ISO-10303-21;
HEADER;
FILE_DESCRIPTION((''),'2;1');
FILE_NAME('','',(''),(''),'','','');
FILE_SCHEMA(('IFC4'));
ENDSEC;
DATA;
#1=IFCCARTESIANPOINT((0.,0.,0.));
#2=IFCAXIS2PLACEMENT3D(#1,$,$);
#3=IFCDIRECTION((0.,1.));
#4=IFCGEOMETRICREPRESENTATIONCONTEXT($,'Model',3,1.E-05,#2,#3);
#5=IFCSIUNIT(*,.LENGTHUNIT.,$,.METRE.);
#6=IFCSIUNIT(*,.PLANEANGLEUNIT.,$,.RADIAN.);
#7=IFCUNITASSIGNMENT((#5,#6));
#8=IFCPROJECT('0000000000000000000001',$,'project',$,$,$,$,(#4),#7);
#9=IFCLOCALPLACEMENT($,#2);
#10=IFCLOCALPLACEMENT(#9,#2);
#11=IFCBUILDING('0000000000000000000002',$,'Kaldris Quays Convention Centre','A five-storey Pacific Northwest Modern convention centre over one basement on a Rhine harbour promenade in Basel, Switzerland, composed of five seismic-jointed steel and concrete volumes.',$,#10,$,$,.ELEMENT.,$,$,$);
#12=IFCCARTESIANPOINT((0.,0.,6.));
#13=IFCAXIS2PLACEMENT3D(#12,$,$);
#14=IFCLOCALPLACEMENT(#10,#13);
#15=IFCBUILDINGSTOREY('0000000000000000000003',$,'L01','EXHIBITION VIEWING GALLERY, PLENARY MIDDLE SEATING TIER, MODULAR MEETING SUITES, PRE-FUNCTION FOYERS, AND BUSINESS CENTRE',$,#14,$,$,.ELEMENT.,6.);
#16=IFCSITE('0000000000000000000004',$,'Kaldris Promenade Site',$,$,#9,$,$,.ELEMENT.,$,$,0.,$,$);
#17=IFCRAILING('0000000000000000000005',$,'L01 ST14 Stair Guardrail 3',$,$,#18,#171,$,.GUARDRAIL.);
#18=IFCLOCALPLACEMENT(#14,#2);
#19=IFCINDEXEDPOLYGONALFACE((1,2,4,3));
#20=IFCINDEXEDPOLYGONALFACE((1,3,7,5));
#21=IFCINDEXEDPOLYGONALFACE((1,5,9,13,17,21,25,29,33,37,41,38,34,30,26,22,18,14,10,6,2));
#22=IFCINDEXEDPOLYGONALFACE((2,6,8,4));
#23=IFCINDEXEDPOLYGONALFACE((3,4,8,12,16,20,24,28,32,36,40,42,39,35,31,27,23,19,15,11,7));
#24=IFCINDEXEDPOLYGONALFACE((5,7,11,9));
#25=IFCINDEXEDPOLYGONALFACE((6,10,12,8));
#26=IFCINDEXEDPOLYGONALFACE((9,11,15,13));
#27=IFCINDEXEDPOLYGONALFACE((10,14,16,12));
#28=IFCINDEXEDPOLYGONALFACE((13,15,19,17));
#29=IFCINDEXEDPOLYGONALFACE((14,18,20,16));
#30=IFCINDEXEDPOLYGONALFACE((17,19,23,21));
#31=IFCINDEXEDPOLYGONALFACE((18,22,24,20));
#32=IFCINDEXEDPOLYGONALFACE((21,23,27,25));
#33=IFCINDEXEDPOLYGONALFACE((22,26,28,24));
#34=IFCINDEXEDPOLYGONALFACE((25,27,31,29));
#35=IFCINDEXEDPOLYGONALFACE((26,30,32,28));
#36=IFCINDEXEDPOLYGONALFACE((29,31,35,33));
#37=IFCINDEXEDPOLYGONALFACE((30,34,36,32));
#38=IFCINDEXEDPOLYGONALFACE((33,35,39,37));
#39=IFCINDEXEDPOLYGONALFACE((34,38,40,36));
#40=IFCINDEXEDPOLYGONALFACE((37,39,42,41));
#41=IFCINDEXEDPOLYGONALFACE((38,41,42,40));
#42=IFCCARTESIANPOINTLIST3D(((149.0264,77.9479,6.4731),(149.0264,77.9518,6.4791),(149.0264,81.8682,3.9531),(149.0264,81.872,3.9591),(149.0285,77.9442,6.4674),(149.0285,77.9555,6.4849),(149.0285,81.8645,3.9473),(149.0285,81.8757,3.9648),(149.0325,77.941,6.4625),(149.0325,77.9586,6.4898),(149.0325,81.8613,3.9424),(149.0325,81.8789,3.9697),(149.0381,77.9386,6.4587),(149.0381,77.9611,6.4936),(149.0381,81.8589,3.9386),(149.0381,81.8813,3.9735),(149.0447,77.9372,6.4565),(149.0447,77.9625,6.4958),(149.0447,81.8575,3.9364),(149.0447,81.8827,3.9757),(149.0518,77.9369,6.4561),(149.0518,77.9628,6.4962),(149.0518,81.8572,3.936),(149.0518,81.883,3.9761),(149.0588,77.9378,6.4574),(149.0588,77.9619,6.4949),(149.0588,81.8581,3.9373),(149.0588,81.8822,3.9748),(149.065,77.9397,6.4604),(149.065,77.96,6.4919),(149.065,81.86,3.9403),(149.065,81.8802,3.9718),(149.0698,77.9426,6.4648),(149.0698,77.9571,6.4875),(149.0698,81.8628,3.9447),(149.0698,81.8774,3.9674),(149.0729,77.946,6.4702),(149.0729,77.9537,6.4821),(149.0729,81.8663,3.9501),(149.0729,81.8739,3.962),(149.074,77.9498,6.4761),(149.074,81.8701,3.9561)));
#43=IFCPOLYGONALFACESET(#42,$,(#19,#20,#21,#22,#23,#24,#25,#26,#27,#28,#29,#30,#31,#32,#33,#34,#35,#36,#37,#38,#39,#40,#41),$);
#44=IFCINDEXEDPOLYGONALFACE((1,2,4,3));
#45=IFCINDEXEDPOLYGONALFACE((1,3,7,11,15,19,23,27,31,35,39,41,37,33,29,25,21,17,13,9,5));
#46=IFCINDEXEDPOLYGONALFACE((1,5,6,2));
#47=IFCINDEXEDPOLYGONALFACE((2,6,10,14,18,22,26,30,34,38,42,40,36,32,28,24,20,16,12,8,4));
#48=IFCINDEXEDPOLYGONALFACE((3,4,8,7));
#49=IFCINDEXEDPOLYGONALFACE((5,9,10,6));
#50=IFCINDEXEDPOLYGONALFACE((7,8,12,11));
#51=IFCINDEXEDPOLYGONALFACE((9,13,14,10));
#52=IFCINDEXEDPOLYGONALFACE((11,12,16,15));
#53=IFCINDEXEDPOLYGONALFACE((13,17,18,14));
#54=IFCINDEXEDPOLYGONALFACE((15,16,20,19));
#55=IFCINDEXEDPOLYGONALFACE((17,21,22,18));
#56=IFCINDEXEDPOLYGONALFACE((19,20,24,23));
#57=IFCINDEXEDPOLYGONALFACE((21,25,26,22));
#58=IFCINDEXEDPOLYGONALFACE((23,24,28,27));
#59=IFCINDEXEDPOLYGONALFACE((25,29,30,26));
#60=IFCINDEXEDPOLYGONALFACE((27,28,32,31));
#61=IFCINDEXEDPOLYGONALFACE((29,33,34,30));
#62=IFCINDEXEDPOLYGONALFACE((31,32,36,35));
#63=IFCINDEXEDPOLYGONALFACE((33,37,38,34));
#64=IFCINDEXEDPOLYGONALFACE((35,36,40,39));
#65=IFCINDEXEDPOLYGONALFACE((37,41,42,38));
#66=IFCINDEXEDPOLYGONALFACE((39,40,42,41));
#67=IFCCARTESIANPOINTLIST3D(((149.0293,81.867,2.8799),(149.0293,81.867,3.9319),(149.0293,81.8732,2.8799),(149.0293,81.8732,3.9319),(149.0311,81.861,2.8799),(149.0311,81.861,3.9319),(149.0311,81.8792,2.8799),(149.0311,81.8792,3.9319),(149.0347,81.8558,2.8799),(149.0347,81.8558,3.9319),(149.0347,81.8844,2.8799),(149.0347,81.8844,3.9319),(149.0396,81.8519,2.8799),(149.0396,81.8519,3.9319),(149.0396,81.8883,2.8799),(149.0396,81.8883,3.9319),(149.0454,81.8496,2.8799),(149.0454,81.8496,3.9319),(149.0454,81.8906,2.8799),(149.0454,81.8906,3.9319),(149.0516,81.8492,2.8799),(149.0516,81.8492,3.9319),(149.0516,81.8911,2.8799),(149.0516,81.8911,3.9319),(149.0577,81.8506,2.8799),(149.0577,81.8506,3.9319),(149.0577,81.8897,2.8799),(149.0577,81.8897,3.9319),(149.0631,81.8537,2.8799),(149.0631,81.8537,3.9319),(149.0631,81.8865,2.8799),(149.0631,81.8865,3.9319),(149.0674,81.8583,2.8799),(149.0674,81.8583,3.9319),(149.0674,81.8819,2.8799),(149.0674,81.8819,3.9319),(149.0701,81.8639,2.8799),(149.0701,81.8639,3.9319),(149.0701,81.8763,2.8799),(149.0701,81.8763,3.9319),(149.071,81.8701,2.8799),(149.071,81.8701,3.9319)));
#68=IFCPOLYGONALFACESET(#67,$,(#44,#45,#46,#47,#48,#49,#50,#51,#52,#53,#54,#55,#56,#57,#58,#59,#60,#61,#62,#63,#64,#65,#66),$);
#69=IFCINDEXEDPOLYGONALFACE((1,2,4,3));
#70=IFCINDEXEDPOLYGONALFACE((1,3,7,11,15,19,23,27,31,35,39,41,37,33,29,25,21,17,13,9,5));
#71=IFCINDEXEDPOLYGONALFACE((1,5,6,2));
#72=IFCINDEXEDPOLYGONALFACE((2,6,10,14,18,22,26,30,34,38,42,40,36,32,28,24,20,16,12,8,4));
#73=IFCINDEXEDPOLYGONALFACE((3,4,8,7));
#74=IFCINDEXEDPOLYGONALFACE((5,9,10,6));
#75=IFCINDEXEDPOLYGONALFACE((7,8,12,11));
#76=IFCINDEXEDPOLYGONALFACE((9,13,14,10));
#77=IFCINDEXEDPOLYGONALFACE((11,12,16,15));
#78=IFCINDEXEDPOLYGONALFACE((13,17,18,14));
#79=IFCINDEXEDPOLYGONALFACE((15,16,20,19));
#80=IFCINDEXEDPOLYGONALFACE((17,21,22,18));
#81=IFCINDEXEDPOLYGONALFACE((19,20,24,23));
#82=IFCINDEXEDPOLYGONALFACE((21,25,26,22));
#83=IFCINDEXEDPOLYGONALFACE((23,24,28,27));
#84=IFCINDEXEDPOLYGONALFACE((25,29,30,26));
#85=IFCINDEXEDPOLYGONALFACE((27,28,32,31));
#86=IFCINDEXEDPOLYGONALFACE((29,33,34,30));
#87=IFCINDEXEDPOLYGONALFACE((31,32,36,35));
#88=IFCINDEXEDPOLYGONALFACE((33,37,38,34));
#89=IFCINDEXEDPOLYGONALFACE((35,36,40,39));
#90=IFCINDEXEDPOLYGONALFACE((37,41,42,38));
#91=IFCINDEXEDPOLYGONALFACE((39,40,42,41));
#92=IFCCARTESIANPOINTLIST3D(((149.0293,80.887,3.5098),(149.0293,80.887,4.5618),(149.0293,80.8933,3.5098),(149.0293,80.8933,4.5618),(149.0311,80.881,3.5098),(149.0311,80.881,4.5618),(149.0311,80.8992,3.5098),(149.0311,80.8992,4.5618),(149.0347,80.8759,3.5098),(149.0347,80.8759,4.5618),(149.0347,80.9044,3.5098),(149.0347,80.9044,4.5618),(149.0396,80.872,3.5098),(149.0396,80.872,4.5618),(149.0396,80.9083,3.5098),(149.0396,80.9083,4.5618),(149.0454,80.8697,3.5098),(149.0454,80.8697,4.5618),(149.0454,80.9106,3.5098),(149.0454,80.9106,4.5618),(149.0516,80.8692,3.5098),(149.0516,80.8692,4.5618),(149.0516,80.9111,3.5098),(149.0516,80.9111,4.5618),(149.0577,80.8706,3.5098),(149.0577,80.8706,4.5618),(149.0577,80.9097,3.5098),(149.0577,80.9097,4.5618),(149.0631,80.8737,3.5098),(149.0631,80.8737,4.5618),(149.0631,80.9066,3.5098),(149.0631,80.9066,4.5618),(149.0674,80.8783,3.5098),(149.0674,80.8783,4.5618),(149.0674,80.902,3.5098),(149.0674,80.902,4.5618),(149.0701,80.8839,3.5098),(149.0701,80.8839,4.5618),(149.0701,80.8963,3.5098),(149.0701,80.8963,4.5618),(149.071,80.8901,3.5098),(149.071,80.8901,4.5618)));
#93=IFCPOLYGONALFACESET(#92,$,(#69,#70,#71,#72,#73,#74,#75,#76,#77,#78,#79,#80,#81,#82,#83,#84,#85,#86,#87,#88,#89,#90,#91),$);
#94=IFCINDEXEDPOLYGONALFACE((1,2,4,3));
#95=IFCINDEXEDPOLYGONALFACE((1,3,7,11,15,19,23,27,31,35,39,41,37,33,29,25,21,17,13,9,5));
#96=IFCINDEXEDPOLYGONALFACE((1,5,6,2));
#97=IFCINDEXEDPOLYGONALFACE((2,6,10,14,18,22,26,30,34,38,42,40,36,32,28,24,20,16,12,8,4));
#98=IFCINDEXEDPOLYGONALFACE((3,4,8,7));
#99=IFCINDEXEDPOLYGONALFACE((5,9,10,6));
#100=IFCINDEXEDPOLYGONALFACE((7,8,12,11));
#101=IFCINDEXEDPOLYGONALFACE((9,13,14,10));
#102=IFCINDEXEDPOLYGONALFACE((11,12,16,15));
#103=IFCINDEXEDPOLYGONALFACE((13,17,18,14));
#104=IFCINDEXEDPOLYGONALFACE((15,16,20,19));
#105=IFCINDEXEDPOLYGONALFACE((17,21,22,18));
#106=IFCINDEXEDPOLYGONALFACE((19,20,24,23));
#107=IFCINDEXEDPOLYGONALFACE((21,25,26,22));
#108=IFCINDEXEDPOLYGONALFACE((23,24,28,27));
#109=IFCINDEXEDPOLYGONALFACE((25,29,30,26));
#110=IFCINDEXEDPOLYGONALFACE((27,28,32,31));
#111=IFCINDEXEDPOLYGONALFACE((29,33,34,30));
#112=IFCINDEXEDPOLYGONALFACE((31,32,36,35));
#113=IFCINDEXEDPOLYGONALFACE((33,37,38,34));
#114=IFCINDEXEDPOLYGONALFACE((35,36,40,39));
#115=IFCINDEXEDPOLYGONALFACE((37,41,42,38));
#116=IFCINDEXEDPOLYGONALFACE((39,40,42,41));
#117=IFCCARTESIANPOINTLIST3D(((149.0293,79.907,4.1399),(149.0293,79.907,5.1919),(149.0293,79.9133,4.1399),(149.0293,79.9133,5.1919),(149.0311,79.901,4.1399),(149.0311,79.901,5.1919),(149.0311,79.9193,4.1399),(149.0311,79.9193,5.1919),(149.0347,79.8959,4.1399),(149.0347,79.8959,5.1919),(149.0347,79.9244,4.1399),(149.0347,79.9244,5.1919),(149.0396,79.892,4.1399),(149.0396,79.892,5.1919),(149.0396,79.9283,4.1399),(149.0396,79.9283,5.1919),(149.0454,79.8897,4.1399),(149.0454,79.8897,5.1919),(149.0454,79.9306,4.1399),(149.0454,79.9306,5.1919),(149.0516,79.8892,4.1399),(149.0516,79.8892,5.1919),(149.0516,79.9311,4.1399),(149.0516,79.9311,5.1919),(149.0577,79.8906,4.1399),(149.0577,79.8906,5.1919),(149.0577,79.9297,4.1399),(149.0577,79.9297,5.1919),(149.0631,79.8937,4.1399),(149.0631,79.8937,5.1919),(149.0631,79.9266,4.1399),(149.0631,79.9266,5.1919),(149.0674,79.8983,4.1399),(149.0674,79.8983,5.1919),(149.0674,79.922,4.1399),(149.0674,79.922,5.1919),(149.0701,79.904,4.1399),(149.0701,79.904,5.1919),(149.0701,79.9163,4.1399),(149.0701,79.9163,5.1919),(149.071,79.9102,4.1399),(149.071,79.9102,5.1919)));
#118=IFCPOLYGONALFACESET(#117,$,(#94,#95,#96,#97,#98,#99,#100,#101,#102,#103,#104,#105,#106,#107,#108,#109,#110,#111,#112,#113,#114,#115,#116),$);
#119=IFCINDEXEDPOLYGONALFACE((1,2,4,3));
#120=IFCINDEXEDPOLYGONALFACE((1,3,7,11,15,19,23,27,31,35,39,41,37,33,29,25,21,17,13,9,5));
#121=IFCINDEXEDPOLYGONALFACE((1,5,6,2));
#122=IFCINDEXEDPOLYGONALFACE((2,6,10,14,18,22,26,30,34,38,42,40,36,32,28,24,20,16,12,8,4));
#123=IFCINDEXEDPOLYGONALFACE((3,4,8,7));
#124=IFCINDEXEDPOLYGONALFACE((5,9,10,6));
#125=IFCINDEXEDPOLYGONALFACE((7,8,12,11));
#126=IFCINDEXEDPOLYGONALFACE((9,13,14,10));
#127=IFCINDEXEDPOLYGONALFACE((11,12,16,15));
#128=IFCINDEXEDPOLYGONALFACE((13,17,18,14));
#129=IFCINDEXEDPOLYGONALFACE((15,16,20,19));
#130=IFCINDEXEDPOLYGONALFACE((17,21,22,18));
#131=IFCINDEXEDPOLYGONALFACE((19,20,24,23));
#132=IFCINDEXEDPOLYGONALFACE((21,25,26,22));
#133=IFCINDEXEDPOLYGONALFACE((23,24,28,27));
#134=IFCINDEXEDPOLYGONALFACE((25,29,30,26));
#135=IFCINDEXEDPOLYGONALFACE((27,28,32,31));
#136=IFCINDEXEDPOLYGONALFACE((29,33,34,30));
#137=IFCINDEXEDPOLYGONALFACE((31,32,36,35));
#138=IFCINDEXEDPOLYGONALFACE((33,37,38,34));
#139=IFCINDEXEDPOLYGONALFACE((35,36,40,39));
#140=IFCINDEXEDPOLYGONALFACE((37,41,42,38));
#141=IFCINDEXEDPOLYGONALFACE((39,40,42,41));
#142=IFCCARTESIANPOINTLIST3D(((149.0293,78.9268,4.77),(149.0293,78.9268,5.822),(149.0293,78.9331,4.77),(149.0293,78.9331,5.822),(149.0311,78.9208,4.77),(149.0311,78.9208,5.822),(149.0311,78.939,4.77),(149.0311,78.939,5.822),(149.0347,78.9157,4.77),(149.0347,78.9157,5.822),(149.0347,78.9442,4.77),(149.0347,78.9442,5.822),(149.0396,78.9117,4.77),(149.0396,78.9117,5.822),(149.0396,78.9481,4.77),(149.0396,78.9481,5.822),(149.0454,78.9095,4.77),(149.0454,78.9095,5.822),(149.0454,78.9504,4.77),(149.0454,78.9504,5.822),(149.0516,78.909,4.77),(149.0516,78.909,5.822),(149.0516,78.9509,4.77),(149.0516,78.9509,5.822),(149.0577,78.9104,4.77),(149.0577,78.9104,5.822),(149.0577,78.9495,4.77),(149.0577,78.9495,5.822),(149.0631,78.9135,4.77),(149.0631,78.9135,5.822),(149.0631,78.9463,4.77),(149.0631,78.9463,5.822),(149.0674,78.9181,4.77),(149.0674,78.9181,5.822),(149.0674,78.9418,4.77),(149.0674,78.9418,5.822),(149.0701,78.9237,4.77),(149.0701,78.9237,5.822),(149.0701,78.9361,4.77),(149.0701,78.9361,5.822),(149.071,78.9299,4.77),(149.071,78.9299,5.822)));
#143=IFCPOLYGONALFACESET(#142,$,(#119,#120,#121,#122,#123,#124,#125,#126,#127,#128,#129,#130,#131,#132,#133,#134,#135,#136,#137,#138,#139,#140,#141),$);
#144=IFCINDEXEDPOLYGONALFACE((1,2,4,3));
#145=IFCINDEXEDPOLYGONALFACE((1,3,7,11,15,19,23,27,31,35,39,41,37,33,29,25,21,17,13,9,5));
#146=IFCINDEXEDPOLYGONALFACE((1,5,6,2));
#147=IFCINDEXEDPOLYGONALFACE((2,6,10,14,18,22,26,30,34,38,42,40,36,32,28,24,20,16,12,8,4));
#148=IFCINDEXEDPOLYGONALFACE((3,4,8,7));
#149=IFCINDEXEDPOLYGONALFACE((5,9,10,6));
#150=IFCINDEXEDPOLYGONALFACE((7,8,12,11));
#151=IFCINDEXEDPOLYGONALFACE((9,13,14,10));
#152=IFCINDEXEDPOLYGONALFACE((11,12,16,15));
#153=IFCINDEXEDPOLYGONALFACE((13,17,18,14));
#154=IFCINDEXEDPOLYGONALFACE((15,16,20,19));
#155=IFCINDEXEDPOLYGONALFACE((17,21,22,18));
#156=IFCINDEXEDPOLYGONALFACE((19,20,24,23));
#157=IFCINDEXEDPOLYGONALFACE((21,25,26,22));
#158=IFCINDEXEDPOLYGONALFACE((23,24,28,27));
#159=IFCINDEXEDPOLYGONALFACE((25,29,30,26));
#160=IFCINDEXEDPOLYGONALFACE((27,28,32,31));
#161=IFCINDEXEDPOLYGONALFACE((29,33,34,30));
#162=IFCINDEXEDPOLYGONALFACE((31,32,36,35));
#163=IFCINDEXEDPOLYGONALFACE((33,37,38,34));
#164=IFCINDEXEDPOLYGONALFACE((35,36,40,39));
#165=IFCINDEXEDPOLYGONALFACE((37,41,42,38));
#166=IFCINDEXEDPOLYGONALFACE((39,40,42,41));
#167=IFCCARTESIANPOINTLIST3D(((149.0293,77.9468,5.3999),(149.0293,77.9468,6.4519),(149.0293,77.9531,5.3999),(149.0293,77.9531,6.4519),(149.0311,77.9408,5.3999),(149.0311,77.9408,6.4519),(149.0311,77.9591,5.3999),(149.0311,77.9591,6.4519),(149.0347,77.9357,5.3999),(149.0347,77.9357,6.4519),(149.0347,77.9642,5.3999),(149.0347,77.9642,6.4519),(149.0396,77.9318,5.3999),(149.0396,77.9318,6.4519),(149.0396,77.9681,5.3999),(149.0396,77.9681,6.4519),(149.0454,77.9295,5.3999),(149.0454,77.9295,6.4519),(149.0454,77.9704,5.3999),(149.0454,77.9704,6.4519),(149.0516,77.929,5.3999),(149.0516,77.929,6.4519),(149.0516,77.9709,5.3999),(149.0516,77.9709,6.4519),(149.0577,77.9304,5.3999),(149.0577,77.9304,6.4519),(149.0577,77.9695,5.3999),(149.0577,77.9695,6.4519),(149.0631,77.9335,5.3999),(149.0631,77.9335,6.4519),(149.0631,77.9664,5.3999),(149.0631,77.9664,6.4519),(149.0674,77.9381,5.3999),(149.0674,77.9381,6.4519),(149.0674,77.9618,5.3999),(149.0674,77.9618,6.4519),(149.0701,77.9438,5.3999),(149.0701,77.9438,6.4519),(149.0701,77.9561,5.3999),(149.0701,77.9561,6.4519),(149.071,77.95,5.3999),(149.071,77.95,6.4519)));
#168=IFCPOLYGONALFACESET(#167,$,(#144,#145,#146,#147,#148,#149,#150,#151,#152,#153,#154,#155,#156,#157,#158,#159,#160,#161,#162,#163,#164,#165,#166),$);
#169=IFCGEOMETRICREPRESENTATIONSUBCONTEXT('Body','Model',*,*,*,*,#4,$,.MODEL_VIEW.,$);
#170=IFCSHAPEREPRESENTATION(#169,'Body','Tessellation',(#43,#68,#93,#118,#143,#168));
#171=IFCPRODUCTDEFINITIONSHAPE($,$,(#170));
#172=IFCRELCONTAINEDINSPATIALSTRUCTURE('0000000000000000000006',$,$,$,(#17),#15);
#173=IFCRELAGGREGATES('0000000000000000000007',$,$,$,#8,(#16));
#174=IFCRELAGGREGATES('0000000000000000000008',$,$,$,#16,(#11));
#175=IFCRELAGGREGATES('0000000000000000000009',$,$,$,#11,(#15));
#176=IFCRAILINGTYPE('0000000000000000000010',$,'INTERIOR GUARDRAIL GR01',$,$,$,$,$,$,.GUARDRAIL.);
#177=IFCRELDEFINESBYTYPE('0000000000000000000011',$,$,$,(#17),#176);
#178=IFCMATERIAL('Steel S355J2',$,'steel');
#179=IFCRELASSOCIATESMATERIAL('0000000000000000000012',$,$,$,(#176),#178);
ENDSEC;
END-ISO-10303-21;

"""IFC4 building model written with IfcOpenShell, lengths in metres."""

from ifc_helpers import new_model, si_unit, direction, frame, origin, origin_2d, place, context, subcontext, project, spatial, circle, extrude, material, type_object, element, save


model = new_model("IFC4")

# Units and contexts
model_context = context("Model", 3, precision=1e-05, world=origin(), true_north=direction((0.0, 1.0)))
body_context = subcontext(model_context, "Body", "Model", "MODEL_VIEW")
ifc_project = project(units=[si_unit("LENGTHUNIT", "METRE"), si_unit("PLANEANGLEUNIT", "RADIAN")], contexts=[model_context])

# Site, building, storey
site_placement = place(None, origin())
site = spatial("IfcSite", under=ifc_project, at=site_placement, Name="Kaldris Promenade Site", CompositionType="ELEMENT", RefElevation=0.0)
building_placement = place(site_placement, origin())
building = spatial("IfcBuilding", under=site, at=building_placement, Name="Kaldris Quays Convention Centre", Description="A five-storey Pacific Northwest Modern convention centre over one basement on a Rhine harbour promenade in Basel, Switzerland, composed of five seismic-jointed steel and concrete volumes.", CompositionType="ELEMENT")
storey_placement = place(building_placement, frame((0.0, 0.0, 6.0)))
storey = spatial("IfcBuildingStorey", under=building, at=storey_placement, Name="L01", Description="EXHIBITION VIEWING GALLERY, PLENARY MIDDLE SEATING TIER, MODULAR MEETING SUITES, PRE-FUNCTION FOYERS, AND BUSINESS CENTRE", CompositionType="ELEMENT", Elevation=6.0)

# Shared definitions
ifc_material_1 = material(Name="Steel S355J2", Category="steel")

# Railing
railing_type_1 = type_object("IfcRailingType", Name="INTERIOR GUARDRAIL GR01", PredefinedType="GUARDRAIL", material=ifc_material_1)
railing_1_placement = place(storey_placement, frame((149.05, 81.8701, 2.8799)))
element("IfcRailing", 1, at=railing_1_placement, inside=storey, type_object=railing_type_1, Name="L01 ST14 Stair Guardrail 3", PredefinedType="GUARDRAIL", context=body_context, shape_type="SweptSolid", body=[
    extrude(circle(Radius=0.0239, at=origin_2d()), frame((0.0, 0.0, 1.0762), z_axis=(0.0, -0.841187, 0.540744), x_axis=(1.0, 0.0, 0.0)), (0.0, 0.0, 1.0), 4.6604),
    extrude(circle(Radius=0.021, at=origin_2d()), origin(), (0.0, 0.0, 1.0), 1.052),
    extrude(circle(Radius=0.021, at=origin_2d()), frame((0.0, -0.98, 0.6299)), (0.0, 0.0, 1.0), 1.052),
    extrude(circle(Radius=0.021, at=origin_2d()), frame((0.0, -1.96, 1.26)), (0.0, 0.0, 1.0), 1.052),
    extrude(circle(Radius=0.021, at=origin_2d()), frame((0.0, -2.9402, 1.8901)), (0.0, 0.0, 1.0), 1.052),
    extrude(circle(Radius=0.021, at=origin_2d()), frame((0.0, -3.9202, 2.52)), (0.0, 0.0, 1.0), 1.052),
])

save(model, "model.ifc")
